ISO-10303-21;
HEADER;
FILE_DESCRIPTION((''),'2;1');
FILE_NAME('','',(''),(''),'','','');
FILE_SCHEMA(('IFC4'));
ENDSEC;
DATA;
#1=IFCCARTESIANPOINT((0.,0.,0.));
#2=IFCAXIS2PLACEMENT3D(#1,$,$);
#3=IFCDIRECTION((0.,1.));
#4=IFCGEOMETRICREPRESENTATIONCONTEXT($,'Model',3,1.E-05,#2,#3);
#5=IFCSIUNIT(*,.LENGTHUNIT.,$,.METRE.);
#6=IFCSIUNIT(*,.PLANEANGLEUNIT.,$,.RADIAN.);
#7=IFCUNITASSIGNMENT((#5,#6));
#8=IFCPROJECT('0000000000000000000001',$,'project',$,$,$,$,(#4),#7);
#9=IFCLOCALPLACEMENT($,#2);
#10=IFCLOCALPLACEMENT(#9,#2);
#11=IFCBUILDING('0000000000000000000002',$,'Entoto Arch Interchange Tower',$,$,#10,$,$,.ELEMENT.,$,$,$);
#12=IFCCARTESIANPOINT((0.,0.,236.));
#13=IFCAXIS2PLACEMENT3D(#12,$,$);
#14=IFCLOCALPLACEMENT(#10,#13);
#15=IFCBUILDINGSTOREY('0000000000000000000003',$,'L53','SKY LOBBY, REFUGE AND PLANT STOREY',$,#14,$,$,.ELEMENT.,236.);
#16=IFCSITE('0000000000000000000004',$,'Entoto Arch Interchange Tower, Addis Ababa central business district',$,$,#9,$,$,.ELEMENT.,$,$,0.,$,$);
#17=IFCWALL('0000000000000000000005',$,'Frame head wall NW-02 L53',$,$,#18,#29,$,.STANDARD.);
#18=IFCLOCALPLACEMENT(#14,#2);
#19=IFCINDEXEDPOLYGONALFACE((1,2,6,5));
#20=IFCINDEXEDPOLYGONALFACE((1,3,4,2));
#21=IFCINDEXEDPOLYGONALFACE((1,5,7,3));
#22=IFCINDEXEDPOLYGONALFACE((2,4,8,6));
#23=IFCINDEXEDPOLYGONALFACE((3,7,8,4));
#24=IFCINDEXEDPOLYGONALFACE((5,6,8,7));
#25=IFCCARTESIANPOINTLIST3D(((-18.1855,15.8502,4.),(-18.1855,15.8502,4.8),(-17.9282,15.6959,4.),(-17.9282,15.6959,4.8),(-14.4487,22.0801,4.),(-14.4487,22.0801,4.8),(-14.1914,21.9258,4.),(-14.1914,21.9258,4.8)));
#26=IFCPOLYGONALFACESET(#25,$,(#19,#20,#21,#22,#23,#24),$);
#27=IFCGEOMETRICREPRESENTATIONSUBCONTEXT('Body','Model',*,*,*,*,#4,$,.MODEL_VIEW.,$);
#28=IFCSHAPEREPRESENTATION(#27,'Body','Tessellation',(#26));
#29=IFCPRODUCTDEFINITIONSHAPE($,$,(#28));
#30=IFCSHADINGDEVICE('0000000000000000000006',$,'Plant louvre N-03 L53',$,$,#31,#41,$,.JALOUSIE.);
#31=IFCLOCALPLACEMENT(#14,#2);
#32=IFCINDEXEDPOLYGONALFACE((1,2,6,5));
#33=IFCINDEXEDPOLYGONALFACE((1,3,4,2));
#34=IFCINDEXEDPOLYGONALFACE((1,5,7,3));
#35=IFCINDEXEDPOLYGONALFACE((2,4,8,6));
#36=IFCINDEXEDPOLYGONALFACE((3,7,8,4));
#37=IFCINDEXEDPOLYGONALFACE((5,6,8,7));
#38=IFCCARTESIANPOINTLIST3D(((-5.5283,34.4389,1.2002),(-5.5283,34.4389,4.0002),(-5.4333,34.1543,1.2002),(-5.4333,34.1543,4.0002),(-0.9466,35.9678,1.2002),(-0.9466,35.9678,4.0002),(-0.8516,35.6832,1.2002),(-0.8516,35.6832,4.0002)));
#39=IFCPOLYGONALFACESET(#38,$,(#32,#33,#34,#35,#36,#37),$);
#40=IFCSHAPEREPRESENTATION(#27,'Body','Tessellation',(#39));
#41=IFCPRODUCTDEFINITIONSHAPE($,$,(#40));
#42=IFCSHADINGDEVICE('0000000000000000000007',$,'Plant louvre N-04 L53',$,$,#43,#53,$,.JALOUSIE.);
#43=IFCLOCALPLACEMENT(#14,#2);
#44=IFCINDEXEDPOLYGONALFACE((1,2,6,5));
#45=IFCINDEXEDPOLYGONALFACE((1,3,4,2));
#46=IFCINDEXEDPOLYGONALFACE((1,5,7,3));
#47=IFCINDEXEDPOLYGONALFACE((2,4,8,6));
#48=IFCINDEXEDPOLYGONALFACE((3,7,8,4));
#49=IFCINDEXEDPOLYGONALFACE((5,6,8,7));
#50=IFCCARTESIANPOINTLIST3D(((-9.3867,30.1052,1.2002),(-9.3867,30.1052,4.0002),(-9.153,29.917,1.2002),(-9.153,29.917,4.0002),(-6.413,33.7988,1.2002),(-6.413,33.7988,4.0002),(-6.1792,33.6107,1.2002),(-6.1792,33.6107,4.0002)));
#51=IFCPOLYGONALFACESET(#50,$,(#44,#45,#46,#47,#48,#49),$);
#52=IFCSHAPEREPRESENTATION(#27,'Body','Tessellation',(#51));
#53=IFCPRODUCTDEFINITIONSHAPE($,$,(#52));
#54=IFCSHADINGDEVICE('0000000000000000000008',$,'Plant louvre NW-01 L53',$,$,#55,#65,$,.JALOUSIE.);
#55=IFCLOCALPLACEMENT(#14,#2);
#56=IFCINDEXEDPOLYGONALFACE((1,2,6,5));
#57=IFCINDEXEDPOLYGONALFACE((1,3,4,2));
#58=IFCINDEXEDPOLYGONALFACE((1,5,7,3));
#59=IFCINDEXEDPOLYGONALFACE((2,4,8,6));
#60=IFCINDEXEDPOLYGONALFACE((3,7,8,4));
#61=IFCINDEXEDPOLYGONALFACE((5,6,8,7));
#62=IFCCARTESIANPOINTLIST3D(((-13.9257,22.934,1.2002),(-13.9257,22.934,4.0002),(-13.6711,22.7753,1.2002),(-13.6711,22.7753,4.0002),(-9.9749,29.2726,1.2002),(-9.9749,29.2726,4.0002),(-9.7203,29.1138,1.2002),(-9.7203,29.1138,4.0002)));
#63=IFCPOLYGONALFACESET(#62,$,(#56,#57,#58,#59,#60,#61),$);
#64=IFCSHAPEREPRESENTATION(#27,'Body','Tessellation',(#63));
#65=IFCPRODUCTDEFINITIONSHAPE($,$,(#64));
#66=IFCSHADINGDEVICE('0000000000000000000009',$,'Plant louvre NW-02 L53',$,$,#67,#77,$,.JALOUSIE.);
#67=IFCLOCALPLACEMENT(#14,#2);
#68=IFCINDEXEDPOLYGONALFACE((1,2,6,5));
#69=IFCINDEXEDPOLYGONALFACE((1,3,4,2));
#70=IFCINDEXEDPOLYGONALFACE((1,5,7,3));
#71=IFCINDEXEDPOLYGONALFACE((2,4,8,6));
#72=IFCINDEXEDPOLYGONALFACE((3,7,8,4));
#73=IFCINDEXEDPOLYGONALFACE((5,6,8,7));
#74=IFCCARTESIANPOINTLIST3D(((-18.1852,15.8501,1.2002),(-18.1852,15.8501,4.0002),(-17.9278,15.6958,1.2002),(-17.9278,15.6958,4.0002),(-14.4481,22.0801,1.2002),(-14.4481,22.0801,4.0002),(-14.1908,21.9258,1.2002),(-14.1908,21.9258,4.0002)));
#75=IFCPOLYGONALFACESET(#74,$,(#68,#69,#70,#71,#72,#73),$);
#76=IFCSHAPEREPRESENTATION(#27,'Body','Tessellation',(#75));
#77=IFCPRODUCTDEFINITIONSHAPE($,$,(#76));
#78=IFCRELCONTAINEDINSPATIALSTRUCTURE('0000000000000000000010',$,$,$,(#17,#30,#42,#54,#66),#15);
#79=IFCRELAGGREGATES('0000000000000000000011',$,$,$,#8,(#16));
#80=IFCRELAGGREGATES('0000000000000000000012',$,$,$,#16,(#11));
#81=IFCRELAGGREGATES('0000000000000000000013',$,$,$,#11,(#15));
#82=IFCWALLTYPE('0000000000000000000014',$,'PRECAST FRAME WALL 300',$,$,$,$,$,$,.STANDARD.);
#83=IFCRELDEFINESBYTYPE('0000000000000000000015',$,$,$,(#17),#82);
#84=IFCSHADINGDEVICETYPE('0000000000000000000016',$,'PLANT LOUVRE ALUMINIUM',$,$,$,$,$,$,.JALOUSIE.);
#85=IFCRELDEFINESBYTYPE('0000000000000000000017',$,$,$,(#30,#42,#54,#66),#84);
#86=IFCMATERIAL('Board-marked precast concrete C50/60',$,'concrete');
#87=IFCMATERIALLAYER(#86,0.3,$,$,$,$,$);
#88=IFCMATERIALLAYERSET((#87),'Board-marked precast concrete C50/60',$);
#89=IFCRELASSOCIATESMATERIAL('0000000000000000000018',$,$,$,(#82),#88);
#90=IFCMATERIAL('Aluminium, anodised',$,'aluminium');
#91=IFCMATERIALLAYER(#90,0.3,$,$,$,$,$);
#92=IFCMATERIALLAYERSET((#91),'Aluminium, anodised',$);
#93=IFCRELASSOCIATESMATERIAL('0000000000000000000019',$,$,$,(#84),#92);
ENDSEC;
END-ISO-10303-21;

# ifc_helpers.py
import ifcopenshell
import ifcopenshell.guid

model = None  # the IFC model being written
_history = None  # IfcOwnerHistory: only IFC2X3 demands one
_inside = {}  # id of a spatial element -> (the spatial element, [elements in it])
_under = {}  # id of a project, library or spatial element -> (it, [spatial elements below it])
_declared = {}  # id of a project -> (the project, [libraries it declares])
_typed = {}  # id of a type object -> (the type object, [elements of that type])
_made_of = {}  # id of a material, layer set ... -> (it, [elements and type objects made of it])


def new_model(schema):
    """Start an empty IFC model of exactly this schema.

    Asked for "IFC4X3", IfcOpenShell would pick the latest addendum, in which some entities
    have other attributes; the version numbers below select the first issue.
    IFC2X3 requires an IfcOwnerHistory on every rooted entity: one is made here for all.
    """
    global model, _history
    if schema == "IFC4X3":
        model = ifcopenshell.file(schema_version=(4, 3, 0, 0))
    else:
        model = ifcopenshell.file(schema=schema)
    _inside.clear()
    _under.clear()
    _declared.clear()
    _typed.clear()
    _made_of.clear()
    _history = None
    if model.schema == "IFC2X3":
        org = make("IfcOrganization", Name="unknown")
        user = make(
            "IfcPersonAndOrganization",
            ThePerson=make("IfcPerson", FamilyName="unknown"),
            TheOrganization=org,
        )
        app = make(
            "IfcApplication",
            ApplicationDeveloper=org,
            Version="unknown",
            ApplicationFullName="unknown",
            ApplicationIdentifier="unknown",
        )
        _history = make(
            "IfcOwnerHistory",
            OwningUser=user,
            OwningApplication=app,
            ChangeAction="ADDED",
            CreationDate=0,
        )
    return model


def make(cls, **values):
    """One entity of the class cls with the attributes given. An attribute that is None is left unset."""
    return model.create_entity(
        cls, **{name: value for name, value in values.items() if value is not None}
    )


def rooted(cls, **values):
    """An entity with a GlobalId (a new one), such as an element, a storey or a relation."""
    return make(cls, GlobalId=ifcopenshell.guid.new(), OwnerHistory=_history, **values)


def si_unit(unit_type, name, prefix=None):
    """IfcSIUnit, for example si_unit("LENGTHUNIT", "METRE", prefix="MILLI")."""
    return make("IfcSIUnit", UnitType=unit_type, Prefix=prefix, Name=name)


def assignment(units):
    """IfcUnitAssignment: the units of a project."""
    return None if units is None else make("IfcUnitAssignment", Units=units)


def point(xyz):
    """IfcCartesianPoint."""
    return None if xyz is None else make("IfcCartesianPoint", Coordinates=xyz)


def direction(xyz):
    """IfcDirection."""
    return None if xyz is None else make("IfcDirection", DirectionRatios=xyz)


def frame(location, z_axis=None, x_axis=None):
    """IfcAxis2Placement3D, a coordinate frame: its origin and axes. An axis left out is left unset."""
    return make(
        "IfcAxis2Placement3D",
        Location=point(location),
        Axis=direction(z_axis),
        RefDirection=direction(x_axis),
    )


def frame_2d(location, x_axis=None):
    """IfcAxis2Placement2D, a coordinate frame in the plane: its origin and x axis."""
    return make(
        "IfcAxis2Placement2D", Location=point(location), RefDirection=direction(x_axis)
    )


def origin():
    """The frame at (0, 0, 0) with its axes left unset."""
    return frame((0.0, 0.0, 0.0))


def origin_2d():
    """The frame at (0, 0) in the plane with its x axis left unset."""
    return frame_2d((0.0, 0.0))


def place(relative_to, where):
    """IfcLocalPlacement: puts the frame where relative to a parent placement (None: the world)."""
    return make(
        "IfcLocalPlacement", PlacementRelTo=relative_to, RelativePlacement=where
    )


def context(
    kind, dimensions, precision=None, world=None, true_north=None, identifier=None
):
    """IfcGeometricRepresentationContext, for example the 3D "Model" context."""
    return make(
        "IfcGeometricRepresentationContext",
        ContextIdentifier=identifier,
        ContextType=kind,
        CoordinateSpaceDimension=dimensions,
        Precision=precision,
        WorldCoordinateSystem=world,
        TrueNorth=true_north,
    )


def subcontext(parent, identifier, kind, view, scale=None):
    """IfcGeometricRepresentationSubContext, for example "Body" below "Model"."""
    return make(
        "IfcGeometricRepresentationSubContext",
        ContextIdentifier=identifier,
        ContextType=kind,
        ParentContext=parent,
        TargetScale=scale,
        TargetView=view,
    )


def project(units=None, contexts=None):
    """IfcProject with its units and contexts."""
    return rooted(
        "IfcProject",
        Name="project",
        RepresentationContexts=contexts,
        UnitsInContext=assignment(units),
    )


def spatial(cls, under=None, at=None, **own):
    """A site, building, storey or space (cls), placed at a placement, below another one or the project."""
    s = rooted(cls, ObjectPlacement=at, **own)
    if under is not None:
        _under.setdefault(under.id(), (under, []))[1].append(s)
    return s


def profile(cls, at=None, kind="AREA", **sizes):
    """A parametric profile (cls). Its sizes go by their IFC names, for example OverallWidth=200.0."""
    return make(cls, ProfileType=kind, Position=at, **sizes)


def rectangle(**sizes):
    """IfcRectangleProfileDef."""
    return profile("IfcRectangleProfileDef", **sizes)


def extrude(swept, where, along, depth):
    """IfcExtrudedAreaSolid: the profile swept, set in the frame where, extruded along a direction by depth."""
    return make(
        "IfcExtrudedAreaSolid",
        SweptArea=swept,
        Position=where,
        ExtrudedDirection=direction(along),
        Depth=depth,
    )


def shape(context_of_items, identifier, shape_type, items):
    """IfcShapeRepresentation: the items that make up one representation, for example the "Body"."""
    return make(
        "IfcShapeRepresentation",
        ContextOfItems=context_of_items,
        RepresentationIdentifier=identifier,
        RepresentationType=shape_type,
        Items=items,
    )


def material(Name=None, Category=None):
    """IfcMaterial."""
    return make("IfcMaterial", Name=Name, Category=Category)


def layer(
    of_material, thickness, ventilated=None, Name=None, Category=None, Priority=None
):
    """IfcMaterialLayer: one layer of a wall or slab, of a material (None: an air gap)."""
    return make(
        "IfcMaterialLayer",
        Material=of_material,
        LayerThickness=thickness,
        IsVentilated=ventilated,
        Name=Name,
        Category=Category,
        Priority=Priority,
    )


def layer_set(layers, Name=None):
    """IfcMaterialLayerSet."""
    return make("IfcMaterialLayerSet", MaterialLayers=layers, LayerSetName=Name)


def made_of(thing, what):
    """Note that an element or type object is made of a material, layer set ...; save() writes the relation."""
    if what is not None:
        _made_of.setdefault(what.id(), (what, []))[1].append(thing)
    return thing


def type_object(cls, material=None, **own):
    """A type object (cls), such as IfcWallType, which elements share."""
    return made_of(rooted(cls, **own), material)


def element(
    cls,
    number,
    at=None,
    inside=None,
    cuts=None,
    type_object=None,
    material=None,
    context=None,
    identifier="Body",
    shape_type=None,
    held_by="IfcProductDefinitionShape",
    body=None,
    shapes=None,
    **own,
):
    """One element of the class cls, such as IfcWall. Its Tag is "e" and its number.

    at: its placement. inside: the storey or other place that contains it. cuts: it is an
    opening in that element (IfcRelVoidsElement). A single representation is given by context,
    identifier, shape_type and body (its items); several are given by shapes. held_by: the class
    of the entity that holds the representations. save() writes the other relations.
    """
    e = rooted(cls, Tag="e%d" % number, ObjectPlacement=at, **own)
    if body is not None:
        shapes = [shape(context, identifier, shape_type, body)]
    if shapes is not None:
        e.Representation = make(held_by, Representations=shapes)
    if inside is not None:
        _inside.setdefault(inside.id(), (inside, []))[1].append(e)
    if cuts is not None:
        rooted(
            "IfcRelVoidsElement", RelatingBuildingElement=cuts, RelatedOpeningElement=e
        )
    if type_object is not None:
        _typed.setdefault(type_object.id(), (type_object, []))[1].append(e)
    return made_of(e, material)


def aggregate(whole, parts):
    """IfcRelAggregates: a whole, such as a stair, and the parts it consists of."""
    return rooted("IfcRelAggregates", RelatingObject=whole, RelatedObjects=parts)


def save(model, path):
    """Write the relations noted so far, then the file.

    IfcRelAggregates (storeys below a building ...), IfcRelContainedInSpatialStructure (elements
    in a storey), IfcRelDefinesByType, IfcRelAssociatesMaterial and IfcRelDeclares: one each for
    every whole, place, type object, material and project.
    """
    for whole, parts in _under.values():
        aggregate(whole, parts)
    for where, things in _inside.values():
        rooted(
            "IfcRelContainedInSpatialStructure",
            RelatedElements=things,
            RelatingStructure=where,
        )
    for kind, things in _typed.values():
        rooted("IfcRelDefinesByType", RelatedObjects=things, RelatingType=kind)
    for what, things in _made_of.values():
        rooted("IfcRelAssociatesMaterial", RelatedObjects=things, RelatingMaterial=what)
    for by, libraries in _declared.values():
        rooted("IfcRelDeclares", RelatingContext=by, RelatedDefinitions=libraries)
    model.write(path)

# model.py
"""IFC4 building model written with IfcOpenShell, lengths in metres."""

from ifc_helpers import new_model, si_unit, direction, frame, frame_2d, origin, origin_2d, place, context, subcontext, project, spatial, rectangle, extrude, material, layer, layer_set, type_object, element, save


model = new_model("IFC4")

# Units and contexts
model_context = context("Model", 3, precision=1e-05, world=origin(), true_north=direction((0.0, 1.0)))
body_context = subcontext(model_context, "Body", "Model", "MODEL_VIEW")
ifc_project = project(units=[si_unit("LENGTHUNIT", "METRE"), si_unit("PLANEANGLEUNIT", "RADIAN")], contexts=[model_context])

# Site, building, storey
site_placement = place(None, origin())
site = spatial("IfcSite", under=ifc_project, at=site_placement, Name="Entoto Arch Interchange Tower, Addis Ababa central business district", CompositionType="ELEMENT", RefElevation=0.0)
building_placement = place(site_placement, origin())
building = spatial("IfcBuilding", under=site, at=building_placement, Name="Entoto Arch Interchange Tower", CompositionType="ELEMENT")
storey_placement = place(building_placement, frame((0.0, 0.0, 236.0)))
storey = spatial("IfcBuildingStorey", under=building, at=storey_placement, Name="L53", Description="SKY LOBBY, REFUGE AND PLANT STOREY", CompositionType="ELEMENT", Elevation=236.0)

# Wall
ifc_material_1 = material(Name="Board-marked precast concrete C50/60", Category="concrete")
ifc_layer_1 = layer(ifc_material_1, 0.3)
ifc_layer_set_1 = layer_set([ifc_layer_1], Name="Board-marked precast concrete C50/60")
wall_type_1 = type_object("IfcWallType", Name="PRECAST FRAME WALL 300", PredefinedType="STANDARD", material=ifc_layer_set_1)
wall_1_placement = place(storey_placement, frame((-14.3201, 22.0029, 4.0), z_axis=(0.0, 0.0, 1.0), x_axis=(-0.514377, -0.857564, 0.0)))
element("IfcWall", 1, at=wall_1_placement, inside=storey, type_object=wall_type_1, Name="Frame head wall NW-02 L53", PredefinedType="STANDARD", context=body_context, shape_type="SweptSolid", body=[
    extrude(rectangle(XDim=7.2646, YDim=0.3, at=frame_2d((3.6323, 0.0))), origin(), (0.0, 0.0, 1.0), 0.8),
])

# Shading devices
ifc_material_2 = material(Name="Aluminium, anodised", Category="aluminium")
ifc_layer_2 = layer(ifc_material_2, 0.3)
ifc_layer_set_2 = layer_set([ifc_layer_2], Name="Aluminium, anodised")
shading_device_type = type_object("IfcShadingDeviceType", Name="PLANT LOUVRE ALUMINIUM", PredefinedType="JALOUSIE", material=ifc_layer_set_2)
shading_device_1_placement = place(storey_placement, frame((-3.1899, 35.061, 1.2002), z_axis=(0.0, 0.0, 1.0), x_axis=(-0.948578, -0.316543, 0.0)))
element("IfcShadingDevice", 2, at=shading_device_1_placement, inside=storey, type_object=shading_device_type, Name="Plant louvre N-03 L53", PredefinedType="JALOUSIE", context=body_context, shape_type="SweptSolid", body=[
    extrude(rectangle(XDim=4.8301, YDim=0.3, at=origin_2d()), origin(), (0.0, 0.0, 1.0), 2.8),
])
shading_device_2_placement = place(storey_placement, frame((-7.783, 31.8579, 1.2002), z_axis=(0.0, 0.0, 1.0), x_axis=(-0.627107, -0.778933, 0.0)))
element("IfcShadingDevice", 3, at=shading_device_2_placement, inside=storey, type_object=shading_device_type, Name="Plant louvre N-04 L53", PredefinedType="JALOUSIE", context=body_context, shape_type="SweptSolid", body=[
    extrude(rectangle(XDim=4.7419, YDim=0.3, at=origin_2d()), origin(), (0.0, 0.0, 1.0), 2.8),
])
shading_device_3_placement = place(storey_placement, frame((-11.823, 26.0239, 1.2002), z_axis=(0.0, 0.0, 1.0), x_axis=(-0.528957, -0.848649, 0.0)))
element("IfcShadingDevice", 4, at=shading_device_3_placement, inside=storey, type_object=shading_device_type, Name="Plant louvre NW-01 L53", PredefinedType="JALOUSIE", context=body_context, shape_type="SweptSolid", body=[
    extrude(rectangle(XDim=7.469, YDim=0.3, at=origin_2d()), origin(), (0.0, 0.0, 1.0), 2.8),
])
shading_device_4_placement = place(storey_placement, frame((-16.188, 18.8879, 1.2002), z_axis=(0.0, 0.0, 1.0), x_axis=(-0.514395, -0.857554, 0.0)))
element("IfcShadingDevice", 5, at=shading_device_4_placement, inside=storey, type_object=shading_device_type, Name="Plant louvre NW-02 L53", PredefinedType="JALOUSIE", context=body_context, shape_type="SweptSolid", body=[
    extrude(rectangle(XDim=7.2649, YDim=0.3, at=origin_2d()), origin(), (0.0, 0.0, 1.0), 2.8),
])

save(model, "model.ifc")
